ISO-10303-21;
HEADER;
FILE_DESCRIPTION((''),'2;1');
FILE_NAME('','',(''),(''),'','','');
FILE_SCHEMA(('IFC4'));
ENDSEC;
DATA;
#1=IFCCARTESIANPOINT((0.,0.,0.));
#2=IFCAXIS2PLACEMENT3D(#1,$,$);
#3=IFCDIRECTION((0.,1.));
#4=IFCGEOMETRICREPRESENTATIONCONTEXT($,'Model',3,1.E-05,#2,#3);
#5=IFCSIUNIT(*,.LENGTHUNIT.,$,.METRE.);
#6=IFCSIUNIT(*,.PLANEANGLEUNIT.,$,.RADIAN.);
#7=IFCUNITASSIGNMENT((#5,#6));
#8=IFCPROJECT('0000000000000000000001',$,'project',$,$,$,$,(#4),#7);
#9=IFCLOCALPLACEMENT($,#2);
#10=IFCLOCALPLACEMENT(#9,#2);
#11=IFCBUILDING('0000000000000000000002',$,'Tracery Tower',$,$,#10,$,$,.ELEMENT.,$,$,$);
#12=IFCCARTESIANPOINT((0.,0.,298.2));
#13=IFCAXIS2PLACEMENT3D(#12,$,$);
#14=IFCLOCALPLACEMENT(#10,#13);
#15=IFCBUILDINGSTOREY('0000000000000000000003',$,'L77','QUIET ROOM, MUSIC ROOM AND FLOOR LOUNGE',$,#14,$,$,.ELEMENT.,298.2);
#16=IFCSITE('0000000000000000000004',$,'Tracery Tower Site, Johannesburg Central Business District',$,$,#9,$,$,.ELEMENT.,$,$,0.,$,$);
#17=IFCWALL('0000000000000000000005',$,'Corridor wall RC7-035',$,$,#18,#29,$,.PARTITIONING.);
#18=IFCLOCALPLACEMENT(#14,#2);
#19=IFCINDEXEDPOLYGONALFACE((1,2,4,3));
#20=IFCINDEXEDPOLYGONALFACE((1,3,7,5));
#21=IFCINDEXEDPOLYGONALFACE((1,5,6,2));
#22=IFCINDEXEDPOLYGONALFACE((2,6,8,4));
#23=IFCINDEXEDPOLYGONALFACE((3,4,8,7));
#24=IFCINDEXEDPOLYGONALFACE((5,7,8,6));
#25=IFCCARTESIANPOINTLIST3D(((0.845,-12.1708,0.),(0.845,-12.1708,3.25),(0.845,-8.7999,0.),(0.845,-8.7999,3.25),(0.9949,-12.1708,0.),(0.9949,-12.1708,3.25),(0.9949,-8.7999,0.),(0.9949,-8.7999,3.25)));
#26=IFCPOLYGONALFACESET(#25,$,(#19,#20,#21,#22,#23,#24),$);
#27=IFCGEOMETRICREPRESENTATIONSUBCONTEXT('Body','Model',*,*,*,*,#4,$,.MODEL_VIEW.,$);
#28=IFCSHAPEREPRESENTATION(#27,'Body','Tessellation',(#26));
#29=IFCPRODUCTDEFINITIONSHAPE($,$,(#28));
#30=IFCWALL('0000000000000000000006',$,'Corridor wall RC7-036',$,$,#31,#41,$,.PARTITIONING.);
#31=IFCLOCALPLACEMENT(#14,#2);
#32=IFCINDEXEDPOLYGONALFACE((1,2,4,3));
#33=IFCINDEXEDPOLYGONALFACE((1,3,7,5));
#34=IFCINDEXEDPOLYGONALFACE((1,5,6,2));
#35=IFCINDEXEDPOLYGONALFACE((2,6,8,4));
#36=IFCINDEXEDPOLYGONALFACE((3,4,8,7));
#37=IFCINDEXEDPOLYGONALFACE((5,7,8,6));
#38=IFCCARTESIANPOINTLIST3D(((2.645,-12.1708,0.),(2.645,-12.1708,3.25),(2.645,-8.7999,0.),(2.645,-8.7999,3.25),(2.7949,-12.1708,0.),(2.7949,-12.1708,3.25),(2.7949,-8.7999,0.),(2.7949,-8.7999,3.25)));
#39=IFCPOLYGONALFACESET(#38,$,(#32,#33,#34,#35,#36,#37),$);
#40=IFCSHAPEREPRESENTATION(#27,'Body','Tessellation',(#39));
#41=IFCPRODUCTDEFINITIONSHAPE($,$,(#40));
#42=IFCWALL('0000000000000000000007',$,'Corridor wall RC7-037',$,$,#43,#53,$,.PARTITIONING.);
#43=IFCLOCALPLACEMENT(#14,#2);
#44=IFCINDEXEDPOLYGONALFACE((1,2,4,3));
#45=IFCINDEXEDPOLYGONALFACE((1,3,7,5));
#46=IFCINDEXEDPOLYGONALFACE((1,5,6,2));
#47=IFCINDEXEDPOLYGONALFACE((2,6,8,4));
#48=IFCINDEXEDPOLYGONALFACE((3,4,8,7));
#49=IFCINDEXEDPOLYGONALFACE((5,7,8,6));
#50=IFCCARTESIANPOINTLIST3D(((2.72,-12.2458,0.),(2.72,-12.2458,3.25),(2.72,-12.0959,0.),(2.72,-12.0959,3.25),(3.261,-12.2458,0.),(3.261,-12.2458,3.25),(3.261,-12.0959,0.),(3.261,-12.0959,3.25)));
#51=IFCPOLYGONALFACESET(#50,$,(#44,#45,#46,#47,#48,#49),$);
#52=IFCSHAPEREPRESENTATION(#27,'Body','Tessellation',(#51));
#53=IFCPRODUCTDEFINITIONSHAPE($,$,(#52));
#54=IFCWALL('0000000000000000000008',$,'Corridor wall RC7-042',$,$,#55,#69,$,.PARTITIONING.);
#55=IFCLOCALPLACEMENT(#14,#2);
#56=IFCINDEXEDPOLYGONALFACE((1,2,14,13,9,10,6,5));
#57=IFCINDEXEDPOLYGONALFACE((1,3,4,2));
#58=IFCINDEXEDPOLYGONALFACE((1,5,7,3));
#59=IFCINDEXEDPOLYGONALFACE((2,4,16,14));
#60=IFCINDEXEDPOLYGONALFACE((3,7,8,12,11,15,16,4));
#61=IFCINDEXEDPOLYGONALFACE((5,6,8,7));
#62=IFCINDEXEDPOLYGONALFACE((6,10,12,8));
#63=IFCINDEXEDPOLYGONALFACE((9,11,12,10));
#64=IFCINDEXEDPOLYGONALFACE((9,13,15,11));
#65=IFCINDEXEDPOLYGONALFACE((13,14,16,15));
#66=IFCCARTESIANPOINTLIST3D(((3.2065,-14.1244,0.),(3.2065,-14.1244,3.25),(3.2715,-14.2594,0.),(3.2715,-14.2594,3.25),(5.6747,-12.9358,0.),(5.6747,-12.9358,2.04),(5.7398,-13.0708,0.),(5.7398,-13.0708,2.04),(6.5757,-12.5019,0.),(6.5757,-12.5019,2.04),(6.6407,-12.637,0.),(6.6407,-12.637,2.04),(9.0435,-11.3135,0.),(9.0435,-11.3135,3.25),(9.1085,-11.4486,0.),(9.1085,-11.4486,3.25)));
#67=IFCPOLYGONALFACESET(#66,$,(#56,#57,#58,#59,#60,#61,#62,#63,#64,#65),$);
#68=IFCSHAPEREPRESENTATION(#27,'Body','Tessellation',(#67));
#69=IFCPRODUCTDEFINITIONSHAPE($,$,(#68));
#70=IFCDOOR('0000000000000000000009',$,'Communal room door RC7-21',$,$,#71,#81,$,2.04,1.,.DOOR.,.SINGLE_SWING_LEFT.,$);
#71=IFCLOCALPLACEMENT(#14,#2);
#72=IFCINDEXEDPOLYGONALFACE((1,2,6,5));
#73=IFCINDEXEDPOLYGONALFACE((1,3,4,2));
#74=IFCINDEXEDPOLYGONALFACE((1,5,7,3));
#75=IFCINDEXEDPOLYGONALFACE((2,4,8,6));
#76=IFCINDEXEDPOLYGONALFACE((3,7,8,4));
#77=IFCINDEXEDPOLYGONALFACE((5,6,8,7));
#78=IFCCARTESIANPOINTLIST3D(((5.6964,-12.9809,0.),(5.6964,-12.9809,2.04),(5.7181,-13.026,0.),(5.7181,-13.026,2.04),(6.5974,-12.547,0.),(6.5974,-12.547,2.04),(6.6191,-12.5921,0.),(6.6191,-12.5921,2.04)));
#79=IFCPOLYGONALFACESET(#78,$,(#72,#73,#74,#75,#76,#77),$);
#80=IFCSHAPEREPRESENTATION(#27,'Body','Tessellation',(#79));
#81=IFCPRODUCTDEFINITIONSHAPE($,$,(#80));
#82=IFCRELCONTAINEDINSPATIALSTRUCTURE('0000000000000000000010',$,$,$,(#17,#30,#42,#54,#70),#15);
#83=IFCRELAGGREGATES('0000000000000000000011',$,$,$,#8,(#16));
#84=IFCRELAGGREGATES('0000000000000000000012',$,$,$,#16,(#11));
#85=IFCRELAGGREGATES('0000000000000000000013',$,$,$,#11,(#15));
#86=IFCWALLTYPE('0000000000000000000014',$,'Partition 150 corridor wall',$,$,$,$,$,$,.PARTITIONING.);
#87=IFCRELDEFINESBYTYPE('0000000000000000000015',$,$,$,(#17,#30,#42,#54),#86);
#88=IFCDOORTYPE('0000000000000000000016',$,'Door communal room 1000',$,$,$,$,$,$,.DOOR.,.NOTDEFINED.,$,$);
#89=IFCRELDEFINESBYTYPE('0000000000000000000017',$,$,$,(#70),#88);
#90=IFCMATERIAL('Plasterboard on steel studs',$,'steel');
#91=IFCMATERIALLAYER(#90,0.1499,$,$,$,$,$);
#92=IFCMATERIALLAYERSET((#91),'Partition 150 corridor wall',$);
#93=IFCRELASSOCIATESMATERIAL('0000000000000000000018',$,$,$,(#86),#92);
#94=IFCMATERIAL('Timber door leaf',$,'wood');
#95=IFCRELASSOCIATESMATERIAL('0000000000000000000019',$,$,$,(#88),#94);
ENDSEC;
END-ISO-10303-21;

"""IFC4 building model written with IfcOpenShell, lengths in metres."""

from ifc_helpers import new_model, si_unit, direction, frame, frame_2d, origin, place, context, subcontext, project, spatial, rectangle, extrude, material, layer, layer_set, type_object, element, fill, save


model = new_model("IFC4")

# Units and contexts
model_context = context("Model", 3, precision=1e-05, world=origin(), true_north=direction((0.0, 1.0)))
body_context = subcontext(model_context, "Body", "Model", "MODEL_VIEW")
ifc_project = project(units=[si_unit("LENGTHUNIT", "METRE"), si_unit("PLANEANGLEUNIT", "RADIAN")], contexts=[model_context])

# Site, building, storey
site_placement = place(None, origin())
site = spatial("IfcSite", under=ifc_project, at=site_placement, Name="Tracery Tower Site, Johannesburg Central Business District", CompositionType="ELEMENT", RefElevation=0.0)
building_placement = place(site_placement, origin())
building = spatial("IfcBuilding", under=site, at=building_placement, Name="Tracery Tower", CompositionType="ELEMENT")
storey_placement = place(building_placement, frame((0.0, 0.0, 298.2)))
storey = spatial("IfcBuildingStorey", under=building, at=storey_placement, Name="L77", Description="QUIET ROOM, MUSIC ROOM AND FLOOR LOUNGE", CompositionType="ELEMENT", Elevation=298.2)

# Walls
ifc_material_1 = material(Name="Plasterboard on steel studs", Category="steel")
ifc_layer_1 = layer(ifc_material_1, 0.1499)
ifc_layer_set_1 = layer_set([ifc_layer_1], Name="Partition 150 corridor wall")
wall_type_1 = type_object("IfcWallType", Name="Partition 150 corridor wall", PredefinedType="PARTITIONING", material=ifc_layer_set_1)
for number, where, z_axis, x_axis, name in (
    (1, (0.9199, -12.1709, 0.0), (0.0, 0.0, 1.0), (0.0, 1.0, 0.0), "Corridor wall RC7-035"),
    (2, (2.72, -12.1709, 0.0), (0.0, 0.0, 1.0), (0.0, 1.0, 0.0), "Corridor wall RC7-036"),
):
    element("IfcWall", number, at=place(storey_placement, frame(where, z_axis=z_axis, x_axis=x_axis)), inside=storey, type_object=wall_type_1, Name=name, PredefinedType="PARTITIONING", context=body_context, shape_type="SweptSolid", body=[
        extrude(rectangle(XDim=3.3708, YDim=0.1499, at=frame_2d((1.6855, 0.0))), origin(), (0.0, 0.0, 1.0), 3.25),
    ])
wall_1_placement = place(storey_placement, frame((2.72, -12.1709, 0.0), z_axis=(0.0, 0.0, 1.0), x_axis=(1.0, 0.0, 0.0)))
element("IfcWall", 3, at=wall_1_placement, inside=storey, type_object=wall_type_1, Name="Corridor wall RC7-037", PredefinedType="PARTITIONING", context=body_context, shape_type="SweptSolid", body=[
    extrude(rectangle(XDim=0.541, YDim=0.1499, at=frame_2d((0.2705, 0.0))), origin(), (0.0, 0.0, 1.0), 3.25),
])

# Wall, opening, door
wall_2_placement = place(storey_placement, frame((3.239, -14.1919, 0.0), z_axis=(0.0, 0.0, 1.0), x_axis=(0.900976, 0.433869, 0.0)))
wall_2 = element("IfcWall", 4, at=wall_2_placement, inside=storey, type_object=wall_type_1, Name="Corridor wall RC7-042", PredefinedType="PARTITIONING", context=body_context, shape_type="SweptSolid", body=[
    extrude(rectangle(XDim=6.4785, YDim=0.1499, at=frame_2d((3.2393, 0.0))), origin(), (0.0, 0.0, 1.0), 3.25),
])
opening_1_placement = place(wall_2_placement, frame((2.7395, 0.0, 0.0)))
opening_1 = element("IfcOpeningElement", 5, at=opening_1_placement, cuts=wall_2, PredefinedType="OPENING", context=body_context, shape_type="SweptSolid", body=[
    extrude(rectangle(XDim=1.0, YDim=2.04, at=frame_2d((0.5, 1.02))), frame((0.0, 0.075, 0.0), z_axis=(0.0, -1.0, 0.0), x_axis=(1.0, 0.0, 0.0)), (0.0, 0.0, 1.0), 0.1499),
])
ifc_material_2 = material(Name="Timber door leaf", Category="wood")
door_type_1 = type_object("IfcDoorType", Name="Door communal room 1000", OperationType="NOTDEFINED", PredefinedType="DOOR", material=ifc_material_2)
door_1_placement = place(opening_1_placement, origin())
door_1 = element("IfcDoor", 6, at=door_1_placement, inside=storey, type_object=door_type_1, Name="Communal room door RC7-21", OperationType="SINGLE_SWING_LEFT", OverallHeight=2.04, OverallWidth=1.0, PredefinedType="DOOR", context=body_context, shape_type="SweptSolid", body=[
    extrude(rectangle(XDim=1.0, YDim=2.04, at=frame_2d((0.5, 1.02))), frame((0.0, 0.0249, 0.0), z_axis=(0.0, -1.0, 0.0), x_axis=(1.0, 0.0, 0.0)), (0.0, 0.0, 1.0), 0.05),
])
fill(opening_1, door_1)

save(model, "model.ifc")
